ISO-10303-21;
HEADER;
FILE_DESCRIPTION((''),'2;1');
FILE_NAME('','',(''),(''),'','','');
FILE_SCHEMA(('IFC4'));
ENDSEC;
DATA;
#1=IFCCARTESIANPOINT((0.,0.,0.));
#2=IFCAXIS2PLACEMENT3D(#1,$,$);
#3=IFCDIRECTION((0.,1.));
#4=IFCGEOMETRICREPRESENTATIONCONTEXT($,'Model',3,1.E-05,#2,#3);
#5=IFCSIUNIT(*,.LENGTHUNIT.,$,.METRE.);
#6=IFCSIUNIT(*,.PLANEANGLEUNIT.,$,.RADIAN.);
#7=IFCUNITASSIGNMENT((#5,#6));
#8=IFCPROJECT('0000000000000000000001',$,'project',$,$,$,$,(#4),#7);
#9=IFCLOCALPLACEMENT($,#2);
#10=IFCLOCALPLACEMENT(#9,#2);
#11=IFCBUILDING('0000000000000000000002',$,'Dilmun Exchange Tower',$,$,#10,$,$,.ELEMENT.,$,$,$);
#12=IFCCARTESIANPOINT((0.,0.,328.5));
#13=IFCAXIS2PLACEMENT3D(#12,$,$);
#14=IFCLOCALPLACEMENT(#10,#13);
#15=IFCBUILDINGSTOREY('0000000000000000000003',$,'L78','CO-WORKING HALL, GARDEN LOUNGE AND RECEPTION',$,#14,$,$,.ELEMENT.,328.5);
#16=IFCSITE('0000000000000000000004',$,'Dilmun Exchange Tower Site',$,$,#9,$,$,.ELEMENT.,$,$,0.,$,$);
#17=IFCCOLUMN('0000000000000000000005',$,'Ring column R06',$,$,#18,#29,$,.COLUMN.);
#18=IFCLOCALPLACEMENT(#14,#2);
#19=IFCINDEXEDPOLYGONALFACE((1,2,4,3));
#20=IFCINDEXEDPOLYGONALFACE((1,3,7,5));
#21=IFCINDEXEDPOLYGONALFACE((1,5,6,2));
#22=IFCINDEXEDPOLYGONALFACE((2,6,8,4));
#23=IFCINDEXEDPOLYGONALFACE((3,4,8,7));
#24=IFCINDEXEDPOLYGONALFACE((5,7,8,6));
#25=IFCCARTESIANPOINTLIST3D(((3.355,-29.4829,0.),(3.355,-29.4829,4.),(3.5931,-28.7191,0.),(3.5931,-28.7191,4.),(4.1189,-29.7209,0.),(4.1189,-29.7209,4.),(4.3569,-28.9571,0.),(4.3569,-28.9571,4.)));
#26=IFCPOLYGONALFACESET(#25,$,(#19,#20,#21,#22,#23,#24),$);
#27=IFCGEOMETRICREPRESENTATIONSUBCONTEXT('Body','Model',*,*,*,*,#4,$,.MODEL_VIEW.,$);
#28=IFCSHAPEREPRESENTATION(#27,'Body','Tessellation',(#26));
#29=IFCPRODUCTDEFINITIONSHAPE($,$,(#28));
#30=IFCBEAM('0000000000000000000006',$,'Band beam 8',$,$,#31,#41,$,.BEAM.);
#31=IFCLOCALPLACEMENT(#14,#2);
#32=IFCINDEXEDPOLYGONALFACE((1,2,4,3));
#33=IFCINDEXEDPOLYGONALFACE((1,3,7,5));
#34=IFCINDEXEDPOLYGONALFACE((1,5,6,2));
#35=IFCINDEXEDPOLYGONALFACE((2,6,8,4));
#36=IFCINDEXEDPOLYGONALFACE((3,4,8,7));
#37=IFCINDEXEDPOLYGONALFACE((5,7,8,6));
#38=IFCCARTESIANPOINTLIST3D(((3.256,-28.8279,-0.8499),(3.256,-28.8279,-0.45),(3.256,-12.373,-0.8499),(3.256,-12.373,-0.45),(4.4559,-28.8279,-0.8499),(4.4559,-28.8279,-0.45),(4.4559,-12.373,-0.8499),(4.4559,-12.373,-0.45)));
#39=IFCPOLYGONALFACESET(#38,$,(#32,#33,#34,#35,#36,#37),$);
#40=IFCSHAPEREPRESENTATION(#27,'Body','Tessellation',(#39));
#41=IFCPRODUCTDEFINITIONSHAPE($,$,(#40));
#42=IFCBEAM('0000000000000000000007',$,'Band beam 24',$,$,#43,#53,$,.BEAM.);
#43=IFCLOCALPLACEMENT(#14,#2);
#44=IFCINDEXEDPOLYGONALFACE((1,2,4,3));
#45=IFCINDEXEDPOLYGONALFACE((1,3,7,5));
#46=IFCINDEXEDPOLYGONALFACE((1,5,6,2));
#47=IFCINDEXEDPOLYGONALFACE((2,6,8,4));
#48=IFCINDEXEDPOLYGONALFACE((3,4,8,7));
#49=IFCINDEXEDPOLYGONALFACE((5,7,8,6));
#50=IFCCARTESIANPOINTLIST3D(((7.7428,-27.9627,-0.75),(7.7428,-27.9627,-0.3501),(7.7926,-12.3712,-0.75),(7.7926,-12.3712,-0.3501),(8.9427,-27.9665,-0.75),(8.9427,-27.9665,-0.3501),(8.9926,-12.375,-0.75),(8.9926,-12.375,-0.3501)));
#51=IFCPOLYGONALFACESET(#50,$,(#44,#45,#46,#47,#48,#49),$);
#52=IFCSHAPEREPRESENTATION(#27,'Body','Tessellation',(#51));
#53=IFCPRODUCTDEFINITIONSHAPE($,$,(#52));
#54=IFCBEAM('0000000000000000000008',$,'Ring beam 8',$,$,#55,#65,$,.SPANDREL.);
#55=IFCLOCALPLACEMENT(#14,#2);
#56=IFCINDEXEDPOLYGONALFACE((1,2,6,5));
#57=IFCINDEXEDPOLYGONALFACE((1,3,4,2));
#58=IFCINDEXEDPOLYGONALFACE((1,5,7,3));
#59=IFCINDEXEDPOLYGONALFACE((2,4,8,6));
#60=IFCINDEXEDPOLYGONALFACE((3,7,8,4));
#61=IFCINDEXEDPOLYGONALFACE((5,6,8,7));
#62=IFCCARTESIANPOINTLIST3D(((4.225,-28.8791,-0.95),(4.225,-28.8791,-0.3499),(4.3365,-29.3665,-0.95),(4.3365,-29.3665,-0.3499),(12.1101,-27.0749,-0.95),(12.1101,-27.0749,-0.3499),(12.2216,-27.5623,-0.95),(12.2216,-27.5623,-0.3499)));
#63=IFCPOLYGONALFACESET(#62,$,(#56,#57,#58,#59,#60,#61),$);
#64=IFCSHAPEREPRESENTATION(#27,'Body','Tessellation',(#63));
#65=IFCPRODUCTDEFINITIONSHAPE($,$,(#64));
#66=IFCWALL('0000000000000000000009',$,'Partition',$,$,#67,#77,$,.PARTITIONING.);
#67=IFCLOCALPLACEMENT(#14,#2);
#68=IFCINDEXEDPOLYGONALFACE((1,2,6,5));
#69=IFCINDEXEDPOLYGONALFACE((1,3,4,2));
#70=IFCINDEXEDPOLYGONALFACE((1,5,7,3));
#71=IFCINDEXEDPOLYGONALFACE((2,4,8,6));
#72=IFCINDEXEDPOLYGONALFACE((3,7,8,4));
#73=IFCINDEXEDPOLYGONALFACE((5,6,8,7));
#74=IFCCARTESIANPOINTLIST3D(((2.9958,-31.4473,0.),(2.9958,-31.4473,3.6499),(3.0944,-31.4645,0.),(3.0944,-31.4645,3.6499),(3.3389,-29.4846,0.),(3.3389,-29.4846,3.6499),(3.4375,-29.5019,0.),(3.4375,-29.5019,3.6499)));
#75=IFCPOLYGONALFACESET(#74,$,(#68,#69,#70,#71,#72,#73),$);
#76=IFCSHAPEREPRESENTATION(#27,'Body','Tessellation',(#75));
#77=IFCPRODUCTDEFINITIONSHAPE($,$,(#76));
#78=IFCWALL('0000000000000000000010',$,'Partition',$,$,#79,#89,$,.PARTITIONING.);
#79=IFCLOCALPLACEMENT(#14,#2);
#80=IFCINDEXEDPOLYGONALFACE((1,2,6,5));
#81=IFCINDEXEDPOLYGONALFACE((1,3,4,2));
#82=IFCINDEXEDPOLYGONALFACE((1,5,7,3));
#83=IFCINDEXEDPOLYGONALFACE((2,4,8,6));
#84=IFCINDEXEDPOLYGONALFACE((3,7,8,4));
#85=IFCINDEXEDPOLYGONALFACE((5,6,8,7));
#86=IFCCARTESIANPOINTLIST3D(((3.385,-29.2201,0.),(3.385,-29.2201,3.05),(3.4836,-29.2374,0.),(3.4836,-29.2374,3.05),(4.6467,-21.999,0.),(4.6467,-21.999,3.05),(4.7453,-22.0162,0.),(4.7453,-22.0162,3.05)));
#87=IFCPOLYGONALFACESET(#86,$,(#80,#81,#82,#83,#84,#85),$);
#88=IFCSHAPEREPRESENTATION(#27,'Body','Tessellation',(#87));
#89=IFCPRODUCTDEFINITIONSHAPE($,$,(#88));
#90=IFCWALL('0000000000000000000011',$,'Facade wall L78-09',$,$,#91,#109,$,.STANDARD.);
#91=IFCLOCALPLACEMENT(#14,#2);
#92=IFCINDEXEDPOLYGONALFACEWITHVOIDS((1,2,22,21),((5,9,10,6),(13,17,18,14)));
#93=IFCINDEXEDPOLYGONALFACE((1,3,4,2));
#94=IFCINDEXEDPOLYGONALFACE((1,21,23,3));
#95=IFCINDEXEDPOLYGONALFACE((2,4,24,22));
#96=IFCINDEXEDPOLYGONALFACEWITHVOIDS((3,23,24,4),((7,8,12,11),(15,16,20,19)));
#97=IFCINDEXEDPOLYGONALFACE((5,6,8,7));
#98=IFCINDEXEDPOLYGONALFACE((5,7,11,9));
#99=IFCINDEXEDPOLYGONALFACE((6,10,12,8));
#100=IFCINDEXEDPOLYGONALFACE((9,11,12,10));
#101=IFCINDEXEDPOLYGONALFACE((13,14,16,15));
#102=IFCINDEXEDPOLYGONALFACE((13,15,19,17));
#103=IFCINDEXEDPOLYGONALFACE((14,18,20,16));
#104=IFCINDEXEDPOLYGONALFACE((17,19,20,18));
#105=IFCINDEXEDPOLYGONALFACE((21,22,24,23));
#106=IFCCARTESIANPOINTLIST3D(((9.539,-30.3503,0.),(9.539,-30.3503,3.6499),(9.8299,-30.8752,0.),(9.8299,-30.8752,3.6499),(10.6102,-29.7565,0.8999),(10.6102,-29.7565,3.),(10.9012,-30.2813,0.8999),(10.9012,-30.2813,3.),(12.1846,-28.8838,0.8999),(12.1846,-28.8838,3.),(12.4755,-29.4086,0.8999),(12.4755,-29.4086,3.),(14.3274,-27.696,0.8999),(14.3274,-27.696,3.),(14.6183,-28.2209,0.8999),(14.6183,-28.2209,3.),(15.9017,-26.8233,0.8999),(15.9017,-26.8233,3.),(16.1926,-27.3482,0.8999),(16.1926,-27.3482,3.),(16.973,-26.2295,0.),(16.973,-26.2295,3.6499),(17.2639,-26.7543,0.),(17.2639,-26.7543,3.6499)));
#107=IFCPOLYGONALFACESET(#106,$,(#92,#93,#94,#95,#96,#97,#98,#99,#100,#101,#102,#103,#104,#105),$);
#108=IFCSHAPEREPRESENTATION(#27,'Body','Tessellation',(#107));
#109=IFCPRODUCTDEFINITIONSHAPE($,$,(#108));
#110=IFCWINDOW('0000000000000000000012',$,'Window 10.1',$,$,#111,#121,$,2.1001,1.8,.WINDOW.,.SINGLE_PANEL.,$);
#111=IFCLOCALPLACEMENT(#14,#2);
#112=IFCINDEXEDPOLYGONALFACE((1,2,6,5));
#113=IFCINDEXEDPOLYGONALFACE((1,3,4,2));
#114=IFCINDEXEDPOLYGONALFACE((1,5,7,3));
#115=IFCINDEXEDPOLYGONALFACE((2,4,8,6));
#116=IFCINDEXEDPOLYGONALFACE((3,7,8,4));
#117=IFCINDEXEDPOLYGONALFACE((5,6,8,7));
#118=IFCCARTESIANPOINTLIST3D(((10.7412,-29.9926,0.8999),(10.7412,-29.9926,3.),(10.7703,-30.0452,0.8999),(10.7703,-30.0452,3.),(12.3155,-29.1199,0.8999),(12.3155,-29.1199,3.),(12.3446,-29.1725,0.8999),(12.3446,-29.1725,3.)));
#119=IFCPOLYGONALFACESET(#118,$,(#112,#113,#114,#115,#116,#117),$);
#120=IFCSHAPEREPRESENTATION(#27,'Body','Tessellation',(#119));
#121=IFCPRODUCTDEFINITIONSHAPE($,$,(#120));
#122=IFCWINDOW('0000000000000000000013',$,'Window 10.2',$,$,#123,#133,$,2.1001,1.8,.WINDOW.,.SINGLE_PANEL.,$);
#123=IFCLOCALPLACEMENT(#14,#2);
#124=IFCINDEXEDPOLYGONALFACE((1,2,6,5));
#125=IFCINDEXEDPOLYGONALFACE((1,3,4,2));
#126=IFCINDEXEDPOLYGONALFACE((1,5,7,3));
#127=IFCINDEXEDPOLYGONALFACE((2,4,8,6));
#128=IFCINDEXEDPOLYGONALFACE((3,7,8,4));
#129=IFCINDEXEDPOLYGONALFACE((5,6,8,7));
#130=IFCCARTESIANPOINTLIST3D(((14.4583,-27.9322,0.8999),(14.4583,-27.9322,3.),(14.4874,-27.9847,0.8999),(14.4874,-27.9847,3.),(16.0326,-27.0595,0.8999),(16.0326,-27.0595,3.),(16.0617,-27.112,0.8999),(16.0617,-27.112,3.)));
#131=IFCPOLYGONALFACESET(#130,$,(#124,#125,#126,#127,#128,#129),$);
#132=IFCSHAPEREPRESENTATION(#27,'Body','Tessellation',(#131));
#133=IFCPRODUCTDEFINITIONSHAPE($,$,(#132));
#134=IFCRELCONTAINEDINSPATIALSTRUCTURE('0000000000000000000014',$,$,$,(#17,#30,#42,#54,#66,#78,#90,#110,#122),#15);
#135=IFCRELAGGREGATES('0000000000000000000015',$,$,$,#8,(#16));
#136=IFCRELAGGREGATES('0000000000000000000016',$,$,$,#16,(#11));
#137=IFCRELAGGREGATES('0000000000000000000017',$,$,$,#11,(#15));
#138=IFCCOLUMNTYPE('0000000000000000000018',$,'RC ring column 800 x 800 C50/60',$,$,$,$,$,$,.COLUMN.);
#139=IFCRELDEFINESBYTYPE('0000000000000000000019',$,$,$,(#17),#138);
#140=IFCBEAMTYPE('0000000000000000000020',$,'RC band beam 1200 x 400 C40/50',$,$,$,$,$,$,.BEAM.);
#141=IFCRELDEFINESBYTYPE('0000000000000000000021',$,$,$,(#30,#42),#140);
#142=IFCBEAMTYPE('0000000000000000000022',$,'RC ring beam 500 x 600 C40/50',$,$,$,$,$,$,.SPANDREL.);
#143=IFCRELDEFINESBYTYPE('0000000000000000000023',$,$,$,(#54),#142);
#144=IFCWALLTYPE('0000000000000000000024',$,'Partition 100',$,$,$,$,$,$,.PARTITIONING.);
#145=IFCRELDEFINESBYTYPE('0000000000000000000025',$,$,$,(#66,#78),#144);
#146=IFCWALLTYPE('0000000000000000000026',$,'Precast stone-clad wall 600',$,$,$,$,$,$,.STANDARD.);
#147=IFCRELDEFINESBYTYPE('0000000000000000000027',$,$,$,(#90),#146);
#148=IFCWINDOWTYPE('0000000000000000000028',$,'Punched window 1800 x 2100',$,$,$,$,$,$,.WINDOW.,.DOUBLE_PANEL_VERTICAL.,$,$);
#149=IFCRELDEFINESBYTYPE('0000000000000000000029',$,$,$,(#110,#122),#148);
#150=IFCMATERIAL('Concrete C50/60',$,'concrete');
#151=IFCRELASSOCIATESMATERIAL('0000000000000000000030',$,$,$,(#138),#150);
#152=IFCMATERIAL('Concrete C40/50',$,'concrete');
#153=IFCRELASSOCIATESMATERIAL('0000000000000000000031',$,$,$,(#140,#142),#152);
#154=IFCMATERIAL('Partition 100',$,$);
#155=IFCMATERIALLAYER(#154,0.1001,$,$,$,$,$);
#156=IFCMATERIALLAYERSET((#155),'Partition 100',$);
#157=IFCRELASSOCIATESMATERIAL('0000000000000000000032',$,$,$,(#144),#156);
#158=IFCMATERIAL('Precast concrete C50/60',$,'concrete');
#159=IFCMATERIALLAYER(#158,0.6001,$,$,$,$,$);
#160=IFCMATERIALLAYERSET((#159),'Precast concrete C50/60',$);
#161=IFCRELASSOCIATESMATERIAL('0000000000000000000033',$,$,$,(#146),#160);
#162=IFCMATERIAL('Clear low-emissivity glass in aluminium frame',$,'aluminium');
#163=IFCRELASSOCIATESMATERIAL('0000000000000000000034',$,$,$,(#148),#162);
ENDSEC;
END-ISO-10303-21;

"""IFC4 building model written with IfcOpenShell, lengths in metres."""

from ifc_helpers import new_model, si_unit, direction, frame, frame_2d, origin, origin_2d, place, context, subcontext, project, spatial, rectangle, extrude, material, layer, layer_set, material_profile, profile_set, type_object, element, fill, save


model = new_model("IFC4")

# Units and contexts
model_context = context("Model", 3, precision=1e-05, world=origin(), true_north=direction((0.0, 1.0)))
body_context = subcontext(model_context, "Body", "Model", "MODEL_VIEW")
ifc_project = project(units=[si_unit("LENGTHUNIT", "METRE"), si_unit("PLANEANGLEUNIT", "RADIAN")], contexts=[model_context])

# Site, building, storey
site_placement = place(None, origin())
site = spatial("IfcSite", under=ifc_project, at=site_placement, Name="Dilmun Exchange Tower Site", CompositionType="ELEMENT", RefElevation=0.0)
building_placement = place(site_placement, origin())
building = spatial("IfcBuilding", under=site, at=building_placement, Name="Dilmun Exchange Tower", CompositionType="ELEMENT")
storey_placement = place(building_placement, frame((0.0, 0.0, 328.5)))
storey = spatial("IfcBuildingStorey", under=building, at=storey_placement, Name="L78", Description="CO-WORKING HALL, GARDEN LOUNGE AND RECEPTION", CompositionType="ELEMENT", Elevation=328.5)

# Column
ifc_material_1 = material(Name="Concrete C50/60", Category="concrete")
ifc_material_profile_1 = material_profile(ifc_material_1, rectangle(XDim=0.8, YDim=0.8, at=origin_2d()), Name="800 x 800")
ifc_profile_set_1 = profile_set([ifc_material_profile_1], Name="Concrete C50/60")
column_type = type_object("IfcColumnType", Name="RC ring column 800 x 800 C50/60", PredefinedType="COLUMN", material=ifc_profile_set_1)
column_placement = place(storey_placement, frame((3.856, -29.22, 0.0), z_axis=(0.0, 0.0, 1.0), x_axis=(0.297503, 0.954721, 0.0)))
element("IfcColumn", 1, at=column_placement, inside=storey, type_object=column_type, Name="Ring column R06", PredefinedType="COLUMN", context=body_context, shape_type="SweptSolid", body=[
    extrude(rectangle(XDim=0.8, YDim=0.8, at=origin_2d()), origin(), (0.0, 0.0, 1.0), 4.0),
])

# Beams
ifc_material_2 = material(Name="Concrete C40/50", Category="concrete")
ifc_material_profile_2 = material_profile(ifc_material_2, rectangle(XDim=1.2, YDim=0.3999, at=origin_2d()), Name="1200 x 400")
ifc_profile_set_2 = profile_set([ifc_material_profile_2], Name="Concrete C40/50")
beam_type_1 = type_object("IfcBeamType", Name="RC band beam 1200 x 400 C40/50", PredefinedType="BEAM", material=ifc_profile_set_2)
beam_1_placement = place(storey_placement, frame((3.856, -28.8279, -0.6499), z_axis=(0.0, 1.0, 0.0), x_axis=(-1.0, 0.0, 0.0)))
element("IfcBeam", 2, at=beam_1_placement, inside=storey, type_object=beam_type_1, Name="Band beam 8", PredefinedType="BEAM", context=body_context, shape_type="SweptSolid", body=[
    extrude(rectangle(XDim=1.2, YDim=0.3999, at=origin_2d()), origin(), (0.0, 0.0, 1.0), 16.4548),
])
beam_2_placement = place(storey_placement, frame((8.3428, -27.9646, -0.55), z_axis=(0.003194, 0.999995, 0.0), x_axis=(-0.999995, 0.003194, 0.0)))
element("IfcBeam", 3, at=beam_2_placement, inside=storey, type_object=beam_type_1, Name="Band beam 24", PredefinedType="BEAM", context=body_context, shape_type="SweptSolid", body=[
    extrude(rectangle(XDim=1.2, YDim=0.3999, at=origin_2d()), origin(), (0.0, 0.0, 1.0), 15.5916),
])
ifc_material_profile_3 = material_profile(ifc_material_2, rectangle(XDim=0.5, YDim=0.6001, at=origin_2d()), Name="500 x 600")
ifc_profile_set_3 = profile_set([ifc_material_profile_3], Name="Concrete C40/50")
beam_type_2 = type_object("IfcBeamType", Name="RC ring beam 500 x 600 C40/50", PredefinedType="SPANDREL", material=ifc_profile_set_3)
beam_3_placement = place(storey_placement, frame((4.2808, -29.1228, -0.6499), z_axis=(0.974807, 0.223049, 0.0), x_axis=(-0.223049, 0.974807, 0.0)))
element("IfcBeam", 4, at=beam_3_placement, inside=storey, type_object=beam_type_2, Name="Ring beam 8", PredefinedType="SPANDREL", context=body_context, shape_type="SweptSolid", body=[
    extrude(rectangle(XDim=0.5, YDim=0.6001, at=origin_2d()), origin(), (0.0, 0.0, 1.0), 8.0889),
])

# Walls
ifc_material_3 = material(Name="Partition 100")
ifc_layer_1 = layer(ifc_material_3, 0.1001)
ifc_layer_set_1 = layer_set([ifc_layer_1], Name="Partition 100")
wall_type_1 = type_object("IfcWallType", Name="Partition 100", PredefinedType="PARTITIONING", material=ifc_layer_set_1)
wall_1_placement = place(storey_placement, frame((3.0452, -31.4558, 0.0), z_axis=(0.0, 0.0, 1.0), x_axis=(0.172163, 0.985068, 0.0)))
element("IfcWall", 5, at=wall_1_placement, inside=storey, type_object=wall_type_1, Name="Partition", PredefinedType="PARTITIONING", context=body_context, shape_type="SweptSolid", body=[
    extrude(rectangle(XDim=1.9924, YDim=0.1001, at=frame_2d((0.9961, 0.0))), origin(), (0.0, 0.0, 1.0), 3.6499),
])
wall_2_placement = place(storey_placement, frame((3.4343, -29.2288, 0.0), z_axis=(0.0, 0.0, 1.0), x_axis=(0.172117, 0.985077, 0.0)))
element("IfcWall", 6, at=wall_2_placement, inside=storey, type_object=wall_type_1, Name="Partition", PredefinedType="PARTITIONING", context=body_context, shape_type="SweptSolid", body=[
    extrude(rectangle(XDim=7.3306, YDim=0.1001, at=frame_2d((3.6653, 0.0))), origin(), (0.0, 0.0, 1.0), 3.05),
])

# Wall, openings, windows
ifc_material_4 = material(Name="Precast concrete C50/60", Category="concrete")
ifc_layer_2 = layer(ifc_material_4, 0.6001)
ifc_layer_set_2 = layer_set([ifc_layer_2], Name="Precast concrete C50/60")
wall_type_2 = type_object("IfcWallType", Name="Precast stone-clad wall 600", PredefinedType="STANDARD", material=ifc_layer_set_2)
wall_3_placement = place(storey_placement, frame((9.6843, -30.6128, 0.0), z_axis=(0.0, 0.0, 1.0), x_axis=(0.874616, 0.484816, 0.0)))
wall_3 = element("IfcWall", 7, at=wall_3_placement, inside=storey, type_object=wall_type_2, Name="Facade wall L78-09", PredefinedType="STANDARD", context=body_context, shape_type="SweptSolid", body=[
    extrude(rectangle(XDim=8.4998, YDim=0.6001, at=frame_2d((4.25, 0.0))), origin(), (0.0, 0.0, 1.0), 3.6499),
])
opening_1_placement = place(wall_3_placement, frame((1.2251, 0.0, 0.8999)))
opening_1 = element("IfcOpeningElement", 8, at=opening_1_placement, cuts=wall_3, PredefinedType="OPENING", context=body_context, shape_type="SweptSolid", body=[
    extrude(rectangle(XDim=1.8, YDim=2.1001, at=frame_2d((0.8999, 1.05))), frame((0.0, 0.3101, 0.0), z_axis=(0.0, -1.0, 0.0), x_axis=(1.0, 0.0, 0.0)), (0.0, 0.0, 1.0), 0.6201),
])
opening_2_placement = place(wall_3_placement, frame((5.4751, 0.0, 0.8999)))
opening_2 = element("IfcOpeningElement", 9, at=opening_2_placement, cuts=wall_3, PredefinedType="OPENING", context=body_context, shape_type="SweptSolid", body=[
    extrude(rectangle(XDim=1.8, YDim=2.1001, at=frame_2d((0.8999, 1.05))), frame((0.0, 0.3101, 0.0), z_axis=(0.0, -1.0, 0.0), x_axis=(1.0, 0.0, 0.0)), (0.0, 0.0, 1.0), 0.6201),
])
ifc_material_5 = material(Name="Clear low-emissivity glass in aluminium frame", Category="aluminium")
window_type = type_object("IfcWindowType", Name="Punched window 1800 x 2100", PartitioningType="DOUBLE_PANEL_VERTICAL", PredefinedType="WINDOW", material=ifc_material_5)
window_1_placement = place(opening_1_placement, origin())
window_1 = element("IfcWindow", 10, at=window_1_placement, inside=storey, type_object=window_type, Name="Window 10.1", OverallHeight=2.1001, OverallWidth=1.8, PartitioningType="SINGLE_PANEL", PredefinedType="WINDOW", context=body_context, shape_type="SweptSolid", body=[
    extrude(rectangle(XDim=1.8, YDim=2.1001, at=frame_2d((0.8999, 1.05))), frame((0.0, 0.03, 0.0), z_axis=(0.0, -1.0, 0.0), x_axis=(1.0, 0.0, 0.0)), (0.0, 0.0, 1.0), 0.0601),
])
fill(opening_1, window_1)
window_2_placement = place(opening_2_placement, origin())
window_2 = element("IfcWindow", 11, at=window_2_placement, inside=storey, type_object=window_type, Name="Window 10.2", OverallHeight=2.1001, OverallWidth=1.8, PartitioningType="SINGLE_PANEL", PredefinedType="WINDOW", context=body_context, shape_type="SweptSolid", body=[
    extrude(rectangle(XDim=1.8, YDim=2.1001, at=frame_2d((0.8999, 1.05))), frame((0.0, 0.03, 0.0), z_axis=(0.0, -1.0, 0.0), x_axis=(1.0, 0.0, 0.0)), (0.0, 0.0, 1.0), 0.0601),
])
fill(opening_2, window_2)

save(model, "model.ifc")
